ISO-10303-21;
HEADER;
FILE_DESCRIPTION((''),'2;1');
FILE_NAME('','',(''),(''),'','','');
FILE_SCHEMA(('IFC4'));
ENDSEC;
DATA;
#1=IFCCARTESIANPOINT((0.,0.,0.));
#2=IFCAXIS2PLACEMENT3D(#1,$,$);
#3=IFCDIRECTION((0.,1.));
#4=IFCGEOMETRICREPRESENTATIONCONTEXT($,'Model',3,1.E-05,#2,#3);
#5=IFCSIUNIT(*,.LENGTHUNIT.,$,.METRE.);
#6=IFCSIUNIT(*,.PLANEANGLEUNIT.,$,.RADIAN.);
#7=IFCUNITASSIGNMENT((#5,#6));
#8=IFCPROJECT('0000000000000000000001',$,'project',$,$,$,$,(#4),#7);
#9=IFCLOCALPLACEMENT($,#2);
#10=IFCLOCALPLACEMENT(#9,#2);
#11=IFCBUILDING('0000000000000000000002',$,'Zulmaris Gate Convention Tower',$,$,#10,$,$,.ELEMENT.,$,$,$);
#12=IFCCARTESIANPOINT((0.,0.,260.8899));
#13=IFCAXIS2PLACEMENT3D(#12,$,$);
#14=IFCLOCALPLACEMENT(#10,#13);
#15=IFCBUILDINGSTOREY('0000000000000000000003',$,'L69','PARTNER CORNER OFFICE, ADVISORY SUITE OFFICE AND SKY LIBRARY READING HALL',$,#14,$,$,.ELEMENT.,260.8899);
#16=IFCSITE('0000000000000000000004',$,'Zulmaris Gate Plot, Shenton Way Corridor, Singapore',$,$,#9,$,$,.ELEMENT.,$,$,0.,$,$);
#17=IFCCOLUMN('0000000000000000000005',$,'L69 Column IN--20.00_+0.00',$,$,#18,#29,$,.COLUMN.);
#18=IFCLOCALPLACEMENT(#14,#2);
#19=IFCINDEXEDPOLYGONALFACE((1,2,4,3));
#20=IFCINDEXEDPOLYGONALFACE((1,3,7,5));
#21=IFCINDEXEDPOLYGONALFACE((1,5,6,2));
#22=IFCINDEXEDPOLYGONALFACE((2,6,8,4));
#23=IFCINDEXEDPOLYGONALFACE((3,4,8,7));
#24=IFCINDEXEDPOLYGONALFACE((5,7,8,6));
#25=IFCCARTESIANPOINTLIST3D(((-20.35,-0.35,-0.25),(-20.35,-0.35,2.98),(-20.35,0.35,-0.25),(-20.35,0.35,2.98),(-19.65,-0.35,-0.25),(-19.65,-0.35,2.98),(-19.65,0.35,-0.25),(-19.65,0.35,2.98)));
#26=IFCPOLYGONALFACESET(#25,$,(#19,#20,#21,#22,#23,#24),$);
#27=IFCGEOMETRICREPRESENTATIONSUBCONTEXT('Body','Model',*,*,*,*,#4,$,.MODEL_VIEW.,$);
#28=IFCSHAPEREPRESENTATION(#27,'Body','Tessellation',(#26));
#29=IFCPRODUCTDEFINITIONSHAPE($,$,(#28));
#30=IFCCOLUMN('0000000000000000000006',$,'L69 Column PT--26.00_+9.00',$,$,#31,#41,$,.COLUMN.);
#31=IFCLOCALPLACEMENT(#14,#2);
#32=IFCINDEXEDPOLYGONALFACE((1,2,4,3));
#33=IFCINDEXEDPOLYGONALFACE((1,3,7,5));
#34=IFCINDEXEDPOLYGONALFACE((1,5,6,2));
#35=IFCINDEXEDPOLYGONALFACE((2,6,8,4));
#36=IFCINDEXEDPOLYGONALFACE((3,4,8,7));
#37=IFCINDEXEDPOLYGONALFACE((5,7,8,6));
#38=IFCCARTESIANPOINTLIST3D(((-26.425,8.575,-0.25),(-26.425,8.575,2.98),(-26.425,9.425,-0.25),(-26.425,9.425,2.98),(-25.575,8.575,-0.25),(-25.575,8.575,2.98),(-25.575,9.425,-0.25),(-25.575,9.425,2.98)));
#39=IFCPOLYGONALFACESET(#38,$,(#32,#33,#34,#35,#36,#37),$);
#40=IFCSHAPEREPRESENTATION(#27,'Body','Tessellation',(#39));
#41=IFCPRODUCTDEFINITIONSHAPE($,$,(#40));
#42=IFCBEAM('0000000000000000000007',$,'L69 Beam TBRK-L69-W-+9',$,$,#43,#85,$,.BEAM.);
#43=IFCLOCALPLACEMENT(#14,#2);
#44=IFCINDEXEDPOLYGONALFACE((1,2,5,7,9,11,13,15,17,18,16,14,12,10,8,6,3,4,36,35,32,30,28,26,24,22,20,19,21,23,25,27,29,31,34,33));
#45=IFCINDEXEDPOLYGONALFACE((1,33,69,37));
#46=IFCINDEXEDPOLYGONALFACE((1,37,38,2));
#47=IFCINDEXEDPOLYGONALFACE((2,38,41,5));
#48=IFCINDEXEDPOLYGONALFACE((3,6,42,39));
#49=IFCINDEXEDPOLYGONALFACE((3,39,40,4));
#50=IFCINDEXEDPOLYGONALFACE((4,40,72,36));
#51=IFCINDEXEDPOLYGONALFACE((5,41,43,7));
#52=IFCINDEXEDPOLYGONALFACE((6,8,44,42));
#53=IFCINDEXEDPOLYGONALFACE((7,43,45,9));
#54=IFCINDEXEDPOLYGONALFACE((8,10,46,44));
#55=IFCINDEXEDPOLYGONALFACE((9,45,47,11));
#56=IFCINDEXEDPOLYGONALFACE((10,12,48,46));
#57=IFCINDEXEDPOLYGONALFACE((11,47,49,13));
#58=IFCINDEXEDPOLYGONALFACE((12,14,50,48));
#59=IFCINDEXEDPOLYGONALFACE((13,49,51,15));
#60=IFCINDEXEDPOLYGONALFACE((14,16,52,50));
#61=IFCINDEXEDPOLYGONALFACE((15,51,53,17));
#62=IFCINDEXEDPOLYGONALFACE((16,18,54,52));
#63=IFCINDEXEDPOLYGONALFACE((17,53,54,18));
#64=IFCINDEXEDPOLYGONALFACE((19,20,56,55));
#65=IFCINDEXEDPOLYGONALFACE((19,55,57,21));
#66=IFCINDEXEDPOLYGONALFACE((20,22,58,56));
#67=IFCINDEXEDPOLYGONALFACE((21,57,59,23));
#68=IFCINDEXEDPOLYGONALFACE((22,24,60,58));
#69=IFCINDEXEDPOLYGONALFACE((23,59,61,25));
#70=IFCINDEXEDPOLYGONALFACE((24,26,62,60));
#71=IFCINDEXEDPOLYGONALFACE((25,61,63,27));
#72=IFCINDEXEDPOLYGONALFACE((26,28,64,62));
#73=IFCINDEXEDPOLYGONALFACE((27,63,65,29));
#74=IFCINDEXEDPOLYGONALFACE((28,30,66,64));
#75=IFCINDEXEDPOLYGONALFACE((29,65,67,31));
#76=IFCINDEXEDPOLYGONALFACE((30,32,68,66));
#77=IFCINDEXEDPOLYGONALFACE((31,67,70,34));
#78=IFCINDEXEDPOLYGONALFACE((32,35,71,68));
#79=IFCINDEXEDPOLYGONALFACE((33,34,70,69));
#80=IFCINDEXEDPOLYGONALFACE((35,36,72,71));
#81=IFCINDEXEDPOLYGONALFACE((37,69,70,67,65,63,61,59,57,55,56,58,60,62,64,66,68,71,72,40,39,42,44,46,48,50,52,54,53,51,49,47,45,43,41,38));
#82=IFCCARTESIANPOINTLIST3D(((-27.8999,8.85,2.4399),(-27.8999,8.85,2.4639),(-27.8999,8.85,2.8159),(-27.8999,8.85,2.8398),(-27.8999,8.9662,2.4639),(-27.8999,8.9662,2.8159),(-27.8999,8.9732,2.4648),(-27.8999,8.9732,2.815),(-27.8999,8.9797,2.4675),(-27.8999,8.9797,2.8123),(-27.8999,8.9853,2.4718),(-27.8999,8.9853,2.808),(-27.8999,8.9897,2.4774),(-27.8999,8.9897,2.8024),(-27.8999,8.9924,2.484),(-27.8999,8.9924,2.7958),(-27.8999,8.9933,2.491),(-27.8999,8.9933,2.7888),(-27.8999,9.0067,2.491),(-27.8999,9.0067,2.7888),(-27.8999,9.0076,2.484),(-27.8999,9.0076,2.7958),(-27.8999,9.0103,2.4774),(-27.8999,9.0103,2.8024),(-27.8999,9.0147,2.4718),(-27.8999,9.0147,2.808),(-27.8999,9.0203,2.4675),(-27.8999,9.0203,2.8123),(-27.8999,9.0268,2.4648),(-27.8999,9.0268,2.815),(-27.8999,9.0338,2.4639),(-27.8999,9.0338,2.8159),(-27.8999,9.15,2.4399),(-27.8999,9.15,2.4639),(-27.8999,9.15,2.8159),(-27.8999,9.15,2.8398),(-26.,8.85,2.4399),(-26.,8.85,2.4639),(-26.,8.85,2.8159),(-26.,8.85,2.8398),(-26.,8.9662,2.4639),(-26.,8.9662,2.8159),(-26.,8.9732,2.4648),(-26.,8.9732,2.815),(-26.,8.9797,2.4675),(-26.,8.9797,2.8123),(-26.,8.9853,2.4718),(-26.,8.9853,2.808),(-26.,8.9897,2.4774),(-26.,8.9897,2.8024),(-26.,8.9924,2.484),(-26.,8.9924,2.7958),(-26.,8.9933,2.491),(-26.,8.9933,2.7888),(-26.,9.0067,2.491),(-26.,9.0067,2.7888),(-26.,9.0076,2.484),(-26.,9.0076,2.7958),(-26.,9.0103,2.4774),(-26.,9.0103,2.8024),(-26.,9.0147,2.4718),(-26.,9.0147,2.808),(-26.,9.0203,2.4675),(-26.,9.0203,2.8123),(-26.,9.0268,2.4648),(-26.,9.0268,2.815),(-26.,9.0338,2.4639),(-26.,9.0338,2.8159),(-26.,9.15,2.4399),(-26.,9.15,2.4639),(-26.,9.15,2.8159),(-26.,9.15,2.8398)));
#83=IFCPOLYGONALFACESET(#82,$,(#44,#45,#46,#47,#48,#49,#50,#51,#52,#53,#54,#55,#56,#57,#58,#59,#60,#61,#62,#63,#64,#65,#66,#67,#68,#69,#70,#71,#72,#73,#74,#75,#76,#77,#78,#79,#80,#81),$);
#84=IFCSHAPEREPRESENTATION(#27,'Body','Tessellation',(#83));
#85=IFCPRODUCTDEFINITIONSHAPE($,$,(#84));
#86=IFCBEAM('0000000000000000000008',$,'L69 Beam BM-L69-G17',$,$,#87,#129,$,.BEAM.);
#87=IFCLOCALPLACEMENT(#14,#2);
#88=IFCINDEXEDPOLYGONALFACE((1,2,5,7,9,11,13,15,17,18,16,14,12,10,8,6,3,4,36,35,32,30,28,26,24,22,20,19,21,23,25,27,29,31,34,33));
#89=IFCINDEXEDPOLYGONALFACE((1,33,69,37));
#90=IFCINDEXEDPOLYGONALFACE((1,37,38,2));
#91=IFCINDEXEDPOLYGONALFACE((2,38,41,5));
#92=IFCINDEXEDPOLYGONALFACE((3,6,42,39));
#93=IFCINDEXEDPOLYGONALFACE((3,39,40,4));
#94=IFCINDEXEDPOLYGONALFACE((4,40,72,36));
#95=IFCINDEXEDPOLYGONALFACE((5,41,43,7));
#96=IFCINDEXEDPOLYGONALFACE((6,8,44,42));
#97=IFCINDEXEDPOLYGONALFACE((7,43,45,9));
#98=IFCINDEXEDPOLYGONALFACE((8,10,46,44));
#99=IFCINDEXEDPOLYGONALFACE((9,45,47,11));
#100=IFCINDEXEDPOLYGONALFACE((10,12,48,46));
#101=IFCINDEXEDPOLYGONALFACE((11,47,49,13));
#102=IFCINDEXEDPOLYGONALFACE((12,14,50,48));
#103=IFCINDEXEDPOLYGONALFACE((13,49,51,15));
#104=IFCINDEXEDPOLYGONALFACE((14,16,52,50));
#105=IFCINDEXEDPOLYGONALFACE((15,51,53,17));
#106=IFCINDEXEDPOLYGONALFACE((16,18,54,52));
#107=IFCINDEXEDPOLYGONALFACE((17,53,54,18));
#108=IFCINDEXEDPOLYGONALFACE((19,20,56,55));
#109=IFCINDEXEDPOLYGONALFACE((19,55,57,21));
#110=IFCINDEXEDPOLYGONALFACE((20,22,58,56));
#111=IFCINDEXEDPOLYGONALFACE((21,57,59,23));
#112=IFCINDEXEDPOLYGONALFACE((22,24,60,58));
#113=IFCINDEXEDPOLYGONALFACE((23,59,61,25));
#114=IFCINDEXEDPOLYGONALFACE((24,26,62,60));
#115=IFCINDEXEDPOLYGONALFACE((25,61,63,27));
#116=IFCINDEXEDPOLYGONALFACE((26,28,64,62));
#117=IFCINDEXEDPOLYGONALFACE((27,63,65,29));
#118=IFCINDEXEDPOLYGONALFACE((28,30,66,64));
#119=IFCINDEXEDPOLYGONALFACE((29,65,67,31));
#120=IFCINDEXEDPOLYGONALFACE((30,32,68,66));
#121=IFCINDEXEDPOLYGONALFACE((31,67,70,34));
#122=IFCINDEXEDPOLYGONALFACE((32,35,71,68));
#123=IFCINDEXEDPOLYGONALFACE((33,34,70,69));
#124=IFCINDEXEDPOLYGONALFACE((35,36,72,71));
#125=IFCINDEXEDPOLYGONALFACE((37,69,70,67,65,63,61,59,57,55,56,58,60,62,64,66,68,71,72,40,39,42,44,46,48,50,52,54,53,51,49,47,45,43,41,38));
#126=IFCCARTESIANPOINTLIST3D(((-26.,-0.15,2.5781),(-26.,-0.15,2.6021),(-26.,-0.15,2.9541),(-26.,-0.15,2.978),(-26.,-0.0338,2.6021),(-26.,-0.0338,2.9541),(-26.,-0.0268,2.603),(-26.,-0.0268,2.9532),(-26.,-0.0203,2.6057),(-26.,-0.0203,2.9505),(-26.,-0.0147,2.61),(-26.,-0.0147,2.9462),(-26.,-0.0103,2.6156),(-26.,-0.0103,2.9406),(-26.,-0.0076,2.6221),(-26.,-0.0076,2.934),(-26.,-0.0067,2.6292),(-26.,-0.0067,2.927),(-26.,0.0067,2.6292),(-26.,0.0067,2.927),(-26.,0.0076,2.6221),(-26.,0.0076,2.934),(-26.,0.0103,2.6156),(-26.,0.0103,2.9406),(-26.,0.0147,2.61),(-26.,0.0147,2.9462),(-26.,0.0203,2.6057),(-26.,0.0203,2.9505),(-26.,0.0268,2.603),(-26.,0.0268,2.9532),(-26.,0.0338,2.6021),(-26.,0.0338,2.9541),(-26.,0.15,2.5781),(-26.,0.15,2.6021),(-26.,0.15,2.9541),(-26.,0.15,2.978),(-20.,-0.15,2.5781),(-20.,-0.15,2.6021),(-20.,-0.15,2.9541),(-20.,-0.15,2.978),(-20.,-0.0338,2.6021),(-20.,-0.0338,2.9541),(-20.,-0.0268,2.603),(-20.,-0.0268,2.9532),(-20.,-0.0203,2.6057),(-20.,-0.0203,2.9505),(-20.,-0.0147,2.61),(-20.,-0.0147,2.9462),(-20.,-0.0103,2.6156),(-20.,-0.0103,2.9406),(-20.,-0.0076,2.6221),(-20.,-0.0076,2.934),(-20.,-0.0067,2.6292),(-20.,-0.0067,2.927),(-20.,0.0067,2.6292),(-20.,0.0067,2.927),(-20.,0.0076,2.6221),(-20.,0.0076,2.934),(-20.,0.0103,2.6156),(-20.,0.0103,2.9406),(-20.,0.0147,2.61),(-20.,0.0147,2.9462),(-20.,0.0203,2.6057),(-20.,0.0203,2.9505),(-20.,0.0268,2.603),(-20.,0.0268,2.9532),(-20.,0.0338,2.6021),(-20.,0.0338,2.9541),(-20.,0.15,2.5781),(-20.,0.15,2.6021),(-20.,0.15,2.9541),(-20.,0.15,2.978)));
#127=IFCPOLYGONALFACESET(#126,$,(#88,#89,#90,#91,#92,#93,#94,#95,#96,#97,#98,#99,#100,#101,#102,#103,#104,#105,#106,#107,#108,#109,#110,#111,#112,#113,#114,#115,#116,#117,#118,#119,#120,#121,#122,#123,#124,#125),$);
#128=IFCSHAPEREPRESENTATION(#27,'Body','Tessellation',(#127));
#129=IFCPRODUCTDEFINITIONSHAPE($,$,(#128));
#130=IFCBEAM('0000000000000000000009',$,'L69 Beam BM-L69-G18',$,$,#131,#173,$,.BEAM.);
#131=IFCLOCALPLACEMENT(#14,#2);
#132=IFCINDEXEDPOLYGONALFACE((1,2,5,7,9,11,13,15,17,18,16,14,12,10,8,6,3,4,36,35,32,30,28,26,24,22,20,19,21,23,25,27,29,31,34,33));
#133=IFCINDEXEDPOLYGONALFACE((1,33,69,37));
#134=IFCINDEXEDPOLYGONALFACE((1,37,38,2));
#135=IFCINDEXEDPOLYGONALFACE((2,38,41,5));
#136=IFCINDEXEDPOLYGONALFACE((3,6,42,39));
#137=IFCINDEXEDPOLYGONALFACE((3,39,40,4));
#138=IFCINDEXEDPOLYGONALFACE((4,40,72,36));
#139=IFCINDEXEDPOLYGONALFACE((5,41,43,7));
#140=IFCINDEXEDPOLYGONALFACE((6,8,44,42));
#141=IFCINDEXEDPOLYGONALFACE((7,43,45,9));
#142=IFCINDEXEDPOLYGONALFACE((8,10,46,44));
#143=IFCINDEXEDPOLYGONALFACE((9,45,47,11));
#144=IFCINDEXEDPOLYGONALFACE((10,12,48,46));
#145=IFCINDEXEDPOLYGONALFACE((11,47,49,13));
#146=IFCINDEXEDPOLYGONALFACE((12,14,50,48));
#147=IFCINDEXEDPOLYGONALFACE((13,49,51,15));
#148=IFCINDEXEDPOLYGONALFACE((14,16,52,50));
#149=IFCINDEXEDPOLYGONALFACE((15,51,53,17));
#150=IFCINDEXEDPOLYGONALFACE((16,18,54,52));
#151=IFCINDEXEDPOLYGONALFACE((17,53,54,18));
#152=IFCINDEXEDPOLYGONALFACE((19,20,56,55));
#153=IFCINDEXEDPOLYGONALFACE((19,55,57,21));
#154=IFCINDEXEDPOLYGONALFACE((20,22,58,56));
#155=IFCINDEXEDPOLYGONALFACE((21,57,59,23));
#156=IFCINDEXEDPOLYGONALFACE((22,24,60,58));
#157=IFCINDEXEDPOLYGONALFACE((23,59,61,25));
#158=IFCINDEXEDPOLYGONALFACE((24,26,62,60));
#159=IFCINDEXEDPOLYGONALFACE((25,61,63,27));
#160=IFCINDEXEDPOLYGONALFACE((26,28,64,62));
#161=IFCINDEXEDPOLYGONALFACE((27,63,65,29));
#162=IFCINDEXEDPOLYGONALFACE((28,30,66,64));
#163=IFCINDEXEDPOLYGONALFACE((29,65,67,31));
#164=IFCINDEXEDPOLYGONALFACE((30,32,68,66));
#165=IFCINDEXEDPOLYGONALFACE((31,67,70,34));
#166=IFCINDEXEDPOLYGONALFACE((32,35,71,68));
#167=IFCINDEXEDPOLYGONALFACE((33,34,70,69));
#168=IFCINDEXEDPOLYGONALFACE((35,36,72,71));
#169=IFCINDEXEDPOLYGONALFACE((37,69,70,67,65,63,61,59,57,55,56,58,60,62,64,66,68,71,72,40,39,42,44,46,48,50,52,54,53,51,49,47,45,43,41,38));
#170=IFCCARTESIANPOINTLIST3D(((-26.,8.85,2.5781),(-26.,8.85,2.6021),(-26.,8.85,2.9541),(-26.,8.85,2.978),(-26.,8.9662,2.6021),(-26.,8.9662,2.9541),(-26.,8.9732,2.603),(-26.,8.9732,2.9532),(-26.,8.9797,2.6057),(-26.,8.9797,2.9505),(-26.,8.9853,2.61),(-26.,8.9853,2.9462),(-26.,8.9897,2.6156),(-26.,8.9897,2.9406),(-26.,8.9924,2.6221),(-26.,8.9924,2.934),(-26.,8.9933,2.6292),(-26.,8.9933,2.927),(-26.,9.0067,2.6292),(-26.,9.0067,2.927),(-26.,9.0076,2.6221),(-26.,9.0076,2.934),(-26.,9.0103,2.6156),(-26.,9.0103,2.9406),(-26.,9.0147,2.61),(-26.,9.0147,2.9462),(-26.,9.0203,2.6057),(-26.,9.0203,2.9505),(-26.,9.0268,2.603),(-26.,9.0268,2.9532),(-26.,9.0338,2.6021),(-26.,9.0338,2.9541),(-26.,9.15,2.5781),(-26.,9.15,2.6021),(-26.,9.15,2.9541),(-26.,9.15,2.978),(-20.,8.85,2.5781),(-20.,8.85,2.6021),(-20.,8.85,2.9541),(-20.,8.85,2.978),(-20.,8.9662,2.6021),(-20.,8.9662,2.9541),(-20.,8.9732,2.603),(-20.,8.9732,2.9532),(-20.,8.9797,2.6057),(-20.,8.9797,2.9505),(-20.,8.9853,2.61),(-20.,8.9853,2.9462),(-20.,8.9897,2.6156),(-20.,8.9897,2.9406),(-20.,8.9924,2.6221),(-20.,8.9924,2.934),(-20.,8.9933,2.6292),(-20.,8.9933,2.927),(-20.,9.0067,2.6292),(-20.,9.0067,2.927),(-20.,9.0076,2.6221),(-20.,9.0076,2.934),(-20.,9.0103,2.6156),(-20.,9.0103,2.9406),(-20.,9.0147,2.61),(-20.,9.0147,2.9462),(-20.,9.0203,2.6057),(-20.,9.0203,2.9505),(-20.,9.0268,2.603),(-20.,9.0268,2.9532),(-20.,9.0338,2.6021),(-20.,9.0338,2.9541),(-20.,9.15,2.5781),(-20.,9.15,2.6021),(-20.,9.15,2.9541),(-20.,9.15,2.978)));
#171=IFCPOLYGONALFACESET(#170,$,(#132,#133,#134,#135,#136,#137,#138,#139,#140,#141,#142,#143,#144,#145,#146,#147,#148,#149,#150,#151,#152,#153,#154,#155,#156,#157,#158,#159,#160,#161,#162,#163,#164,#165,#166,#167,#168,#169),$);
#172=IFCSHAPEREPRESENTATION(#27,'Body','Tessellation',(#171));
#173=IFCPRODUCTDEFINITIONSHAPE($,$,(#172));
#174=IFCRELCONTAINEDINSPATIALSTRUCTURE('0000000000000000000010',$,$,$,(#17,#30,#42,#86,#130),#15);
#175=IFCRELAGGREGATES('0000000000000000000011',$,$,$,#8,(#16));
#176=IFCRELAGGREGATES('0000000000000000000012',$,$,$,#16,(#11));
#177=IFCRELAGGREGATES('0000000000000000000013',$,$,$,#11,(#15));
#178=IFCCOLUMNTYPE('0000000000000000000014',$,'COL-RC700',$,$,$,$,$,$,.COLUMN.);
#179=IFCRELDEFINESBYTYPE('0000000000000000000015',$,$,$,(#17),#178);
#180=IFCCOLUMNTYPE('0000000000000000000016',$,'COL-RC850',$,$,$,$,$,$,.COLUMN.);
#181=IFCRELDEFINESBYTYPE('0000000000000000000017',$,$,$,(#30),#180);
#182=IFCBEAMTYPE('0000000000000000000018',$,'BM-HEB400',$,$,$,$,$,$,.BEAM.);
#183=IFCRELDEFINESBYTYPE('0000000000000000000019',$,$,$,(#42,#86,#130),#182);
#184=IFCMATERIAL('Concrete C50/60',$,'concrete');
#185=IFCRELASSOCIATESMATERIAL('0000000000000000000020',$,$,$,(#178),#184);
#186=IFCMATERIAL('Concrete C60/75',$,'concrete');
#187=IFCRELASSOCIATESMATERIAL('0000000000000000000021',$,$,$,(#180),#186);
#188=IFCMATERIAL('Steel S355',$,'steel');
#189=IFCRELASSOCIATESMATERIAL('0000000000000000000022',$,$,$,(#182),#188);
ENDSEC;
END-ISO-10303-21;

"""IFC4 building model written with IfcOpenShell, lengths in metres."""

from ifc_helpers import new_model, si_unit, direction, frame, origin, origin_2d, place, context, subcontext, project, spatial, rectangle, i_section, extrude, material, material_profile, profile_set, type_object, element, save


model = new_model("IFC4")

# Units and contexts
model_context = context("Model", 3, precision=1e-05, world=origin(), true_north=direction((0.0, 1.0)))
body_context = subcontext(model_context, "Body", "Model", "MODEL_VIEW")
ifc_project = project(units=[si_unit("LENGTHUNIT", "METRE"), si_unit("PLANEANGLEUNIT", "RADIAN")], contexts=[model_context])

# Site, building, storey
site_placement = place(None, origin())
site = spatial("IfcSite", under=ifc_project, at=site_placement, Name="Zulmaris Gate Plot, Shenton Way Corridor, Singapore", CompositionType="ELEMENT", RefElevation=0.0)
building_placement = place(site_placement, origin())
building = spatial("IfcBuilding", under=site, at=building_placement, Name="Zulmaris Gate Convention Tower", CompositionType="ELEMENT")
storey_placement = place(building_placement, frame((0.0, 0.0, 260.8899)))
storey = spatial("IfcBuildingStorey", under=building, at=storey_placement, Name="L69", Description="PARTNER CORNER OFFICE, ADVISORY SUITE OFFICE AND SKY LIBRARY READING HALL", CompositionType="ELEMENT", Elevation=260.8899)

# Columns
ifc_material_1 = material(Name="Concrete C50/60", Category="concrete")
ifc_material_profile_1 = material_profile(ifc_material_1, rectangle(XDim=0.7, YDim=0.7, at=origin_2d()), Name="RC COL 700x700")
ifc_profile_set_1 = profile_set([ifc_material_profile_1], Name="Concrete C50/60")
column_type_1 = type_object("IfcColumnType", Name="COL-RC700", PredefinedType="COLUMN", material=ifc_profile_set_1)
column_1_placement = place(storey_placement, frame((-20.0, 0.0, -0.25), z_axis=(0.0, 0.0, 1.0), x_axis=(1.0, 0.0, 0.0)))
element("IfcColumn", 1, at=column_1_placement, inside=storey, type_object=column_type_1, Name="L69 Column IN--20.00_+0.00", PredefinedType="COLUMN", context=body_context, shape_type="SweptSolid", body=[
    extrude(rectangle(XDim=0.7, YDim=0.7, at=origin_2d()), origin(), (0.0, 0.0, 1.0), 3.23),
])
ifc_material_2 = material(Name="Concrete C60/75", Category="concrete")
ifc_material_profile_2 = material_profile(ifc_material_2, rectangle(XDim=0.8501, YDim=0.8501, at=origin_2d()), Name="RC COL 850x850")
ifc_profile_set_2 = profile_set([ifc_material_profile_2], Name="Concrete C60/75")
column_type_2 = type_object("IfcColumnType", Name="COL-RC850", PredefinedType="COLUMN", material=ifc_profile_set_2)
column_2_placement = place(storey_placement, frame((-26.0, 9.0, -0.25), z_axis=(0.0, 0.0, 1.0), x_axis=(1.0, 0.0, 0.0)))
element("IfcColumn", 2, at=column_2_placement, inside=storey, type_object=column_type_2, Name="L69 Column PT--26.00_+9.00", PredefinedType="COLUMN", context=body_context, shape_type="SweptSolid", body=[
    extrude(rectangle(XDim=0.8501, YDim=0.8501, at=origin_2d()), origin(), (0.0, 0.0, 1.0), 3.23),
])

# Beams
ifc_material_3 = material(Name="Steel S355", Category="steel")
ifc_material_profile_3 = material_profile(ifc_material_3, i_section(OverallWidth=0.3, OverallDepth=0.3999, WebThickness=0.0134, FlangeThickness=0.0239, FilletRadius=0.0271, at=origin_2d()), Name="HEB 400")
ifc_profile_set_3 = profile_set([ifc_material_profile_3], Name="Steel S355")
beam_type_1 = type_object("IfcBeamType", Name="BM-HEB400", PredefinedType="BEAM", material=ifc_profile_set_3)
beam_1_placement = place(storey_placement, frame((-27.8999, 9.0, 2.6399), z_axis=(1.0, 0.0, 0.0), x_axis=(0.0, 1.0, 0.0)))
element("IfcBeam", 3, at=beam_1_placement, inside=storey, type_object=beam_type_1, Name="L69 Beam TBRK-L69-W-+9", PredefinedType="BEAM", context=body_context, shape_type="SweptSolid", body=[
    extrude(i_section(OverallWidth=0.3, OverallDepth=0.3999, WebThickness=0.0134, FlangeThickness=0.0239, FilletRadius=0.0271, at=origin_2d()), origin(), (0.0, 0.0, 1.0), 1.8999),
])
for number, where, z_axis, x_axis, name in (
    (4, (-26.0, 0.0, 2.7781), (1.0, 0.0, 0.0), (0.0, 1.0, 0.0), "L69 Beam BM-L69-G17"),
    (5, (-26.0, 9.0, 2.7781), (1.0, 0.0, 0.0), (0.0, 1.0, 0.0), "L69 Beam BM-L69-G18"),
):
    element("IfcBeam", number, at=place(storey_placement, frame(where, z_axis=z_axis, x_axis=x_axis)), inside=storey, type_object=beam_type_1, Name=name, PredefinedType="BEAM", context=body_context, shape_type="SweptSolid", body=[
        extrude(i_section(OverallWidth=0.3, OverallDepth=0.3999, WebThickness=0.0134, FlangeThickness=0.0239, FilletRadius=0.0271, at=origin_2d()), origin(), (0.0, 0.0, 1.0), 6.0),
    ])

save(model, "model.ifc")
